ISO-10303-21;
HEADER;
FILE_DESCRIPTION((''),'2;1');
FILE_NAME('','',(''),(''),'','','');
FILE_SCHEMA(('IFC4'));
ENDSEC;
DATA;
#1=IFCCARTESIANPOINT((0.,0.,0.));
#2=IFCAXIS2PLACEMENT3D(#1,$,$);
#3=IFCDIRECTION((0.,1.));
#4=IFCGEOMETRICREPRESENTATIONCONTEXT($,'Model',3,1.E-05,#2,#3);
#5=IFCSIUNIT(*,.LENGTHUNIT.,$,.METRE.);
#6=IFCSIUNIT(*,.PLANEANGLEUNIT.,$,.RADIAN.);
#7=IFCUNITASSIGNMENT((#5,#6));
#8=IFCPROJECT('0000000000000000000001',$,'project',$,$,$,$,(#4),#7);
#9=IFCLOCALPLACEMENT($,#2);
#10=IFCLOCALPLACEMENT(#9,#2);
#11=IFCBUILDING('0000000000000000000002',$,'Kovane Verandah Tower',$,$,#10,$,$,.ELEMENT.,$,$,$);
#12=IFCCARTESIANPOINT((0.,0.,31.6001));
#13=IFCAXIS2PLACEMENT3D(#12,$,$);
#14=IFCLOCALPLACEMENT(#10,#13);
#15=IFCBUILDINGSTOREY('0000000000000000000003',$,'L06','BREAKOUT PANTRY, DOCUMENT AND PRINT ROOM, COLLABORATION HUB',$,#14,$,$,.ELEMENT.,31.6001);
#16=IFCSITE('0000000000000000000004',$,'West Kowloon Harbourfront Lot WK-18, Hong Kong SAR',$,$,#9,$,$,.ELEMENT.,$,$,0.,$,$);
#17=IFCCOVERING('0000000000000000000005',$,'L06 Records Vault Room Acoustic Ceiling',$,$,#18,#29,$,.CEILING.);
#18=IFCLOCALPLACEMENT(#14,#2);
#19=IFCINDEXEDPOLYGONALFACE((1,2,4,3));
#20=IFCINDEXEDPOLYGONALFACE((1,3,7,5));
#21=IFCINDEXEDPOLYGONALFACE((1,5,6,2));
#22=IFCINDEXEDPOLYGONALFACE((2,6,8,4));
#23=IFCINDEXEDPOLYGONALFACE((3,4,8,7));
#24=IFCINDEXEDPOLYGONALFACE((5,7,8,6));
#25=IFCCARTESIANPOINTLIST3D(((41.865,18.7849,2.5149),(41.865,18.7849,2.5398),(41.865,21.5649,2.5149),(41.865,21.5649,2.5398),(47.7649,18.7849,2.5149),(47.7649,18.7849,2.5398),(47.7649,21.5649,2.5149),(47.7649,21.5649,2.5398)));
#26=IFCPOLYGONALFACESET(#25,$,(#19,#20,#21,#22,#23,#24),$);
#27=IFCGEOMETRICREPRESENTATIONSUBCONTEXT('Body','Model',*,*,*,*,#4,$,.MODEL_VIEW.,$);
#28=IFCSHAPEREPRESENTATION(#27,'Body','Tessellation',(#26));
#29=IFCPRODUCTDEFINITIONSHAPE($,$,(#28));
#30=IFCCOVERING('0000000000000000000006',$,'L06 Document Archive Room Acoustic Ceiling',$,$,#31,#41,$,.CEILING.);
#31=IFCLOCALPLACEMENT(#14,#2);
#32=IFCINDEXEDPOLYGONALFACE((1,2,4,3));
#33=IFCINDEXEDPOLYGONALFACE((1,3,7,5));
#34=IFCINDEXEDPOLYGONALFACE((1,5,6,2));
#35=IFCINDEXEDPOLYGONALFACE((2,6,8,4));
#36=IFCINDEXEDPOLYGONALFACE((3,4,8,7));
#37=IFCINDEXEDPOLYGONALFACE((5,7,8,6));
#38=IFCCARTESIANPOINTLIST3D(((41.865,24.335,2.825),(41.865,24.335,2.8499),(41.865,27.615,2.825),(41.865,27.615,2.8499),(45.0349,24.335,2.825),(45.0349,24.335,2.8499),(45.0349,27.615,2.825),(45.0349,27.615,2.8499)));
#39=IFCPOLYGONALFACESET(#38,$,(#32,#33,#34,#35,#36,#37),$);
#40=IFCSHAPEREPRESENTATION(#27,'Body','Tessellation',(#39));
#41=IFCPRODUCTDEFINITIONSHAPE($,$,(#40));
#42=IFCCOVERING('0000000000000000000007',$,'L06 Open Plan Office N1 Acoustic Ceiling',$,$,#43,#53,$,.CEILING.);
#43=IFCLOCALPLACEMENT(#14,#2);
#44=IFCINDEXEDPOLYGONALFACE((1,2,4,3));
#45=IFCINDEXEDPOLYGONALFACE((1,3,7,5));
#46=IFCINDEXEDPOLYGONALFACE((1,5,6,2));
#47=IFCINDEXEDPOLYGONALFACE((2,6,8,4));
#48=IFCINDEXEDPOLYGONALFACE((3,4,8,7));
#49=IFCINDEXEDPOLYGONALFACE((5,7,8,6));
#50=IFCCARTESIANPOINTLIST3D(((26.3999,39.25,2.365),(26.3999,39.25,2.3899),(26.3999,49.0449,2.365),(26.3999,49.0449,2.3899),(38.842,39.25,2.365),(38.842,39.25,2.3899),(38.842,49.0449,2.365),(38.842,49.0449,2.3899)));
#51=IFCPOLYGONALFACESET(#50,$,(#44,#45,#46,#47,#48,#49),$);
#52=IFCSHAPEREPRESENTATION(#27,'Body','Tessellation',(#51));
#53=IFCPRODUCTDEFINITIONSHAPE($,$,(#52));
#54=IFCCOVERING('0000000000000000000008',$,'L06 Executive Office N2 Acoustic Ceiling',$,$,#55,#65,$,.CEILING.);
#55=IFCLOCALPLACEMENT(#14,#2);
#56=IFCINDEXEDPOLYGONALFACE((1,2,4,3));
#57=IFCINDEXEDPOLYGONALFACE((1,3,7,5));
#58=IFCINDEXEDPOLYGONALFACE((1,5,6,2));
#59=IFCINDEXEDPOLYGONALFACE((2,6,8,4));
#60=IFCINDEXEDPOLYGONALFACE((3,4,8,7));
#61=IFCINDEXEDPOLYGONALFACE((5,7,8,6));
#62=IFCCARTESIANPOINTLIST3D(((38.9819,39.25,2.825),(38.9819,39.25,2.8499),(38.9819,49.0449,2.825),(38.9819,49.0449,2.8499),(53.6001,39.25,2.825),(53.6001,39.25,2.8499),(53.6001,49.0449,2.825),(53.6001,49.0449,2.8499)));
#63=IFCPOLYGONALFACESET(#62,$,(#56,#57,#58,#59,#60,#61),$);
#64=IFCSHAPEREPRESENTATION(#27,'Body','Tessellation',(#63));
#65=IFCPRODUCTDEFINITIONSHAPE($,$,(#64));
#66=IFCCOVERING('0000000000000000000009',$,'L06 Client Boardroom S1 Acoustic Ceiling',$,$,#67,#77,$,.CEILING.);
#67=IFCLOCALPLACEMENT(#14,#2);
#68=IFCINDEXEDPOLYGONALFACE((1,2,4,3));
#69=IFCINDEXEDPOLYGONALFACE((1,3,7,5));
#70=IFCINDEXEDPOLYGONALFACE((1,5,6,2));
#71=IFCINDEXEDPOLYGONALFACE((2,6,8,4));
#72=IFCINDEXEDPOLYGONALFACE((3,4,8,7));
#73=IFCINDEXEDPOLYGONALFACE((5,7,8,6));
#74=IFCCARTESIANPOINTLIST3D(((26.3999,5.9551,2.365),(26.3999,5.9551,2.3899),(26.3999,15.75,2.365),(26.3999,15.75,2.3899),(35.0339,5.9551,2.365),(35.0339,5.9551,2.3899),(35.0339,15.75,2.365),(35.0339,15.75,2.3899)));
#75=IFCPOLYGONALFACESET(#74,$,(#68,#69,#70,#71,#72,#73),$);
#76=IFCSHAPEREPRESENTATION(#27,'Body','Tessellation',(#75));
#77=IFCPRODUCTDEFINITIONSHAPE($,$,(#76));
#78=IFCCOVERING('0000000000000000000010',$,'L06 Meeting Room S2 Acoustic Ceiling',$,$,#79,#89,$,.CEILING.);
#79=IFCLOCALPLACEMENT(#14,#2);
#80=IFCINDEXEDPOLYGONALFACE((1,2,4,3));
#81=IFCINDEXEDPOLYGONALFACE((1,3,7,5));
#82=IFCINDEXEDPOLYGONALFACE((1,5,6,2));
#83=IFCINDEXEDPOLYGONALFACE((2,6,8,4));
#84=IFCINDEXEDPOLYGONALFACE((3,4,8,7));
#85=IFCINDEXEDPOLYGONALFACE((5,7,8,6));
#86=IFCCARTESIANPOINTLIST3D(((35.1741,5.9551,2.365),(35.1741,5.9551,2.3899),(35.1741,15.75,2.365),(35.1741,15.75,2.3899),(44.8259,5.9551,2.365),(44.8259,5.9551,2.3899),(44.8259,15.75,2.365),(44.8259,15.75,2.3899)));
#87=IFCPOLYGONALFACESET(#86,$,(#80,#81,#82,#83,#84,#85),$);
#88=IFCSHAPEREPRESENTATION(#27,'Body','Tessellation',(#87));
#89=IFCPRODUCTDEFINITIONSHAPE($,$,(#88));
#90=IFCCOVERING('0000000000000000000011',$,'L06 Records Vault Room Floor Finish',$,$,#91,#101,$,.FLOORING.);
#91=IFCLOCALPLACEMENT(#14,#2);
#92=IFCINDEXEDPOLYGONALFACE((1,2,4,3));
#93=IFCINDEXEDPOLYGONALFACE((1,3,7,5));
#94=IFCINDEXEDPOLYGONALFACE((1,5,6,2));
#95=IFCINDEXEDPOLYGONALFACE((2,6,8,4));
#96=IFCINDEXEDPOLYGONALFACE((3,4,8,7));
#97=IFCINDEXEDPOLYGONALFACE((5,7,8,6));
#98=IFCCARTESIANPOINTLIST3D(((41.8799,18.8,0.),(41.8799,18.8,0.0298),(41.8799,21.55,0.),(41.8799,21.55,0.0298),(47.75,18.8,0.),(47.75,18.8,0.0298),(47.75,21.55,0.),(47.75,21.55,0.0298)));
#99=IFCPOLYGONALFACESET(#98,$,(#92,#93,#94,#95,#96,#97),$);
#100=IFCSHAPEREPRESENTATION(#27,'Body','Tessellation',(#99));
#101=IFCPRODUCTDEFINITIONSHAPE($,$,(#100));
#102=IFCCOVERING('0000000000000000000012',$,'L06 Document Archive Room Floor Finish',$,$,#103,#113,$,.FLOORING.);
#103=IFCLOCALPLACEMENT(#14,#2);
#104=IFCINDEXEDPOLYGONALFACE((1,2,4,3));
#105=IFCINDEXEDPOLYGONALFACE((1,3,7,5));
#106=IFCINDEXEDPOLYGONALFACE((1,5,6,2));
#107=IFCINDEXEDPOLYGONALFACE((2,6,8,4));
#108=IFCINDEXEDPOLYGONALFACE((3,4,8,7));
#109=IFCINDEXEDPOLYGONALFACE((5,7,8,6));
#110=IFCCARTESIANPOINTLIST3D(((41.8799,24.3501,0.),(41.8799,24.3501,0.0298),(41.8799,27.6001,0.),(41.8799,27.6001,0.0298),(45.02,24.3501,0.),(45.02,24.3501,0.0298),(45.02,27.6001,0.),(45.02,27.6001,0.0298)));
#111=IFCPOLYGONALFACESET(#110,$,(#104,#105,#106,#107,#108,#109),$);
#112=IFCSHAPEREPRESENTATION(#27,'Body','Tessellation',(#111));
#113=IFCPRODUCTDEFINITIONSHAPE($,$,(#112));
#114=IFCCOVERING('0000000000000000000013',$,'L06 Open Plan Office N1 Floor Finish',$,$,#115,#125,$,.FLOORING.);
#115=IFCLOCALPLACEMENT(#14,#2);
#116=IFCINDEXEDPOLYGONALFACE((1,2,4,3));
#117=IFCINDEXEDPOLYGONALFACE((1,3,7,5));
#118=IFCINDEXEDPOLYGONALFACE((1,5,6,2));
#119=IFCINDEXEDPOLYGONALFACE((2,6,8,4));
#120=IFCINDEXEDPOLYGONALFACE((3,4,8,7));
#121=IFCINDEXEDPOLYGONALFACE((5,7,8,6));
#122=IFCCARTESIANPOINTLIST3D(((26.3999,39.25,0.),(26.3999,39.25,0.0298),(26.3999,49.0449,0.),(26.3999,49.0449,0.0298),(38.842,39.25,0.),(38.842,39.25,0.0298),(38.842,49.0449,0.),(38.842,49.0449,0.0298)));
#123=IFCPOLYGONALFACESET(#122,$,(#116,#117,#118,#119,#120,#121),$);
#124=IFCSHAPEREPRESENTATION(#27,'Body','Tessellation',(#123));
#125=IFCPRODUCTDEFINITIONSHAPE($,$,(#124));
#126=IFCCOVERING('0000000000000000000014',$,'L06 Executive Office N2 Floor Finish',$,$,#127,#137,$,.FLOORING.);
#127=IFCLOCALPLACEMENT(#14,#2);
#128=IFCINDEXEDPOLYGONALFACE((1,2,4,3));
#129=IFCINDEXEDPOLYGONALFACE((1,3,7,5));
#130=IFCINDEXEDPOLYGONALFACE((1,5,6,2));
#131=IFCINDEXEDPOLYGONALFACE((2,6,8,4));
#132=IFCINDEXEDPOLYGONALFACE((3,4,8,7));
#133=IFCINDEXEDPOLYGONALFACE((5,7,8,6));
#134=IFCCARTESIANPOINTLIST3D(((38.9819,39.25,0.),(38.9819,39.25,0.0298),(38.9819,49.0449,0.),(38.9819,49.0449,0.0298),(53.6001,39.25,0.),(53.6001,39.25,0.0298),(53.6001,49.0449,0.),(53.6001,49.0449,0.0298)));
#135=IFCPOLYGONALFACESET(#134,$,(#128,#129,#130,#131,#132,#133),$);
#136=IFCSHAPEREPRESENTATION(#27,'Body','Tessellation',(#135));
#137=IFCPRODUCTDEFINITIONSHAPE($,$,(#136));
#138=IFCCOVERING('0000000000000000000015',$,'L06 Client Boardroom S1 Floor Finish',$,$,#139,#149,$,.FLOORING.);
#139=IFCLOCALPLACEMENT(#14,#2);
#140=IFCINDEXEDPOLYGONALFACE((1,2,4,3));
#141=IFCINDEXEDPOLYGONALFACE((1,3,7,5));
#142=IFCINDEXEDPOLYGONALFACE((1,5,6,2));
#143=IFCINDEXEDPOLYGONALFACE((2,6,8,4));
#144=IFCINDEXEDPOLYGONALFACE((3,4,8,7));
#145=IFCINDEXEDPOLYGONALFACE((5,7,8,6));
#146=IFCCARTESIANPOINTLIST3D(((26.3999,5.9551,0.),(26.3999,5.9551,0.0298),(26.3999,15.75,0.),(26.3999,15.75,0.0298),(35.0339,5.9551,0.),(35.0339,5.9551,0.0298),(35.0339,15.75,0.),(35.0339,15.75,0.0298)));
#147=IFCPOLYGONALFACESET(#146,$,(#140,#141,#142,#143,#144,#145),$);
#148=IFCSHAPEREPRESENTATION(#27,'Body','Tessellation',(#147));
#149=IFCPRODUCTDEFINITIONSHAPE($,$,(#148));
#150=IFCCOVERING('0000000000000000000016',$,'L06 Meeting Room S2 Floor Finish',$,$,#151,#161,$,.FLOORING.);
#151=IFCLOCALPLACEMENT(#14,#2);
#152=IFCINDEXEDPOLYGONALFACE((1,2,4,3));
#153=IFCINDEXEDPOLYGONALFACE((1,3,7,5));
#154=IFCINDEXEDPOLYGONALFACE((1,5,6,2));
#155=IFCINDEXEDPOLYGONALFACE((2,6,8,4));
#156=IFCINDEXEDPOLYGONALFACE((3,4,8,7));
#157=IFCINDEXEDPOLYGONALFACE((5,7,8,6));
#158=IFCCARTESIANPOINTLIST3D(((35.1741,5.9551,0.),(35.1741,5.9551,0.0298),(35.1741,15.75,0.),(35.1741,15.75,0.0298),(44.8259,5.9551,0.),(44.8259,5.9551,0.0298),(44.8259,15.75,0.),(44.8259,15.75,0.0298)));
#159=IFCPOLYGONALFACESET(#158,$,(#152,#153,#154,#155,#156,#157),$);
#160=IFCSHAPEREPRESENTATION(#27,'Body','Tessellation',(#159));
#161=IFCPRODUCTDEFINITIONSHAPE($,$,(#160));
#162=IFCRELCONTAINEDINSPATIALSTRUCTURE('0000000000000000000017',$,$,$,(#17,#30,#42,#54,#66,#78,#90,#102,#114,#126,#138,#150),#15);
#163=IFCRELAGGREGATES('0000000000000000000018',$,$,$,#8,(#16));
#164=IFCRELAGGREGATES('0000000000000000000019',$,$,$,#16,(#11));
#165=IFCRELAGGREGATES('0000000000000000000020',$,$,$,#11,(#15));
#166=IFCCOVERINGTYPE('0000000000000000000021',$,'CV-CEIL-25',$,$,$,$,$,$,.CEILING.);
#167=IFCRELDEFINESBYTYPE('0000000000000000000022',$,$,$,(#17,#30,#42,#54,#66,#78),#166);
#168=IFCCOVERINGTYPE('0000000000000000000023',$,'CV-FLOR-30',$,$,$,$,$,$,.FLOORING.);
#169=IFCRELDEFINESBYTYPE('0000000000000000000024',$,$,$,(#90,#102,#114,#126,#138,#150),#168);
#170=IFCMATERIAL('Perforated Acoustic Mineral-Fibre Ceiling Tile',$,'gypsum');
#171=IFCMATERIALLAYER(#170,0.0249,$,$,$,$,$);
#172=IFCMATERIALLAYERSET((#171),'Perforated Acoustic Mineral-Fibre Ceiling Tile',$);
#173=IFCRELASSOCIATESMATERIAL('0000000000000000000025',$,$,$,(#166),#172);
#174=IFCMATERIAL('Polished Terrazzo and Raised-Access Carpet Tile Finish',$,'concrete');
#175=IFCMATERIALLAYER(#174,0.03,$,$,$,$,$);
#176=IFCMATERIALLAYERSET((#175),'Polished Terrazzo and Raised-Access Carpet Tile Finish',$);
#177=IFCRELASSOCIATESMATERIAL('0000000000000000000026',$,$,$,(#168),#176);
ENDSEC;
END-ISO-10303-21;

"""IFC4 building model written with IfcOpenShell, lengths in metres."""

from ifc_helpers import new_model, si_unit, direction, frame, origin, place, context, subcontext, project, spatial, polyline, outline, extrude, material, layer, layer_set, type_object, element, save


model = new_model("IFC4")

# Units and contexts
model_context = context("Model", 3, precision=1e-05, world=origin(), true_north=direction((0.0, 1.0)))
body_context = subcontext(model_context, "Body", "Model", "MODEL_VIEW")
ifc_project = project(units=[si_unit("LENGTHUNIT", "METRE"), si_unit("PLANEANGLEUNIT", "RADIAN")], contexts=[model_context])

# Site, building, storey
site_placement = place(None, origin())
site = spatial("IfcSite", under=ifc_project, at=site_placement, Name="West Kowloon Harbourfront Lot WK-18, Hong Kong SAR", CompositionType="ELEMENT", RefElevation=0.0)
building_placement = place(site_placement, origin())
building = spatial("IfcBuilding", under=site, at=building_placement, Name="Kovane Verandah Tower", CompositionType="ELEMENT")
storey_placement = place(building_placement, frame((0.0, 0.0, 31.6001)))
storey = spatial("IfcBuildingStorey", under=building, at=storey_placement, Name="L06", Description="BREAKOUT PANTRY, DOCUMENT AND PRINT ROOM, COLLABORATION HUB", CompositionType="ELEMENT", Elevation=31.6001)

# Coverings
ifc_material_1 = material(Name="Perforated Acoustic Mineral-Fibre Ceiling Tile", Category="gypsum")
ifc_layer_1 = layer(ifc_material_1, 0.0249)
ifc_layer_set_1 = layer_set([ifc_layer_1], Name="Perforated Acoustic Mineral-Fibre Ceiling Tile")
covering_type_1 = type_object("IfcCoveringType", Name="CV-CEIL-25", PredefinedType="CEILING", material=ifc_layer_set_1)
covering_1_placement = place(storey_placement, frame((0.0, 0.0, 2.5149)))
element("IfcCovering", 1, at=covering_1_placement, inside=storey, type_object=covering_type_1, Name="L06 Records Vault Room Acoustic Ceiling", PredefinedType="CEILING", context=body_context, shape_type="SweptSolid", body=[
    extrude(outline(polyline([(41.865, 18.7849), (47.7649, 18.7849), (47.7649, 21.5649), (41.865, 21.5649), (41.865, 18.7849)])), origin(), (0.0, 0.0, 1.0), 0.0249),
])
covering_2_placement = place(storey_placement, frame((0.0, 0.0, 2.825)))
element("IfcCovering", 2, at=covering_2_placement, inside=storey, type_object=covering_type_1, Name="L06 Document Archive Room Acoustic Ceiling", PredefinedType="CEILING", context=body_context, shape_type="SweptSolid", body=[
    extrude(outline(polyline([(41.865, 24.335), (45.0349, 24.335), (45.0349, 27.615), (41.865, 27.615), (41.865, 24.335)])), origin(), (0.0, 0.0, 1.0), 0.0249),
])
covering_3_placement = place(storey_placement, frame((0.0, 0.0, 2.365)))
element("IfcCovering", 3, at=covering_3_placement, inside=storey, type_object=covering_type_1, Name="L06 Open Plan Office N1 Acoustic Ceiling", PredefinedType="CEILING", context=body_context, shape_type="SweptSolid", body=[
    extrude(outline(polyline([(26.3999, 39.25), (38.842, 39.25), (38.842, 49.0449), (26.3999, 49.0449), (26.3999, 39.25)])), origin(), (0.0, 0.0, 1.0), 0.0249),
])
covering_4_placement = place(storey_placement, frame((0.0, 0.0, 2.825)))
element("IfcCovering", 4, at=covering_4_placement, inside=storey, type_object=covering_type_1, Name="L06 Executive Office N2 Acoustic Ceiling", PredefinedType="CEILING", context=body_context, shape_type="SweptSolid", body=[
    extrude(outline(polyline([(38.9819, 39.25), (53.6001, 39.25), (53.6001, 49.0449), (38.9819, 49.0449), (38.9819, 39.25)])), origin(), (0.0, 0.0, 1.0), 0.0249),
])
covering_5_placement = place(storey_placement, frame((0.0, 0.0, 2.365)))
element("IfcCovering", 5, at=covering_5_placement, inside=storey, type_object=covering_type_1, Name="L06 Client Boardroom S1 Acoustic Ceiling", PredefinedType="CEILING", context=body_context, shape_type="SweptSolid", body=[
    extrude(outline(polyline([(26.3999, 5.9551), (35.0339, 5.9551), (35.0339, 15.75), (26.3999, 15.75), (26.3999, 5.9551)])), origin(), (0.0, 0.0, 1.0), 0.0249),
])
covering_6_placement = place(storey_placement, frame((0.0, 0.0, 2.365)))
element("IfcCovering", 6, at=covering_6_placement, inside=storey, type_object=covering_type_1, Name="L06 Meeting Room S2 Acoustic Ceiling", PredefinedType="CEILING", context=body_context, shape_type="SweptSolid", body=[
    extrude(outline(polyline([(35.1741, 5.9551), (44.8259, 5.9551), (44.8259, 15.75), (35.1741, 15.75), (35.1741, 5.9551)])), origin(), (0.0, 0.0, 1.0), 0.0249),
])
ifc_material_2 = material(Name="Polished Terrazzo and Raised-Access Carpet Tile Finish", Category="concrete")
ifc_layer_2 = layer(ifc_material_2, 0.03)
ifc_layer_set_2 = layer_set([ifc_layer_2], Name="Polished Terrazzo and Raised-Access Carpet Tile Finish")
covering_type_2 = type_object("IfcCoveringType", Name="CV-FLOR-30", PredefinedType="FLOORING", material=ifc_layer_set_2)
covering_7_placement = place(storey_placement, origin())
element("IfcCovering", 7, at=covering_7_placement, inside=storey, type_object=covering_type_2, Name="L06 Records Vault Room Floor Finish", PredefinedType="FLOORING", context=body_context, shape_type="SweptSolid", body=[
    extrude(outline(polyline([(41.8799, 18.8), (47.75, 18.8), (47.75, 21.55), (41.8799, 21.55), (41.8799, 18.8)])), origin(), (0.0, 0.0, 1.0), 0.0298),
])
covering_8_placement = place(storey_placement, origin())
element("IfcCovering", 8, at=covering_8_placement, inside=storey, type_object=covering_type_2, Name="L06 Document Archive Room Floor Finish", PredefinedType="FLOORING", context=body_context, shape_type="SweptSolid", body=[
    extrude(outline(polyline([(41.8799, 24.3501), (45.02, 24.3501), (45.02, 27.6001), (41.8799, 27.6001), (41.8799, 24.3501)])), origin(), (0.0, 0.0, 1.0), 0.0298),
])
covering_9_placement = place(storey_placement, origin())
element("IfcCovering", 9, at=covering_9_placement, inside=storey, type_object=covering_type_2, Name="L06 Open Plan Office N1 Floor Finish", PredefinedType="FLOORING", context=body_context, shape_type="SweptSolid", body=[
    extrude(outline(polyline([(26.3999, 39.25), (38.842, 39.25), (38.842, 49.0449), (26.3999, 49.0449), (26.3999, 39.25)])), origin(), (0.0, 0.0, 1.0), 0.0298),
])
covering_10_placement = place(storey_placement, origin())
element("IfcCovering", 10, at=covering_10_placement, inside=storey, type_object=covering_type_2, Name="L06 Executive Office N2 Floor Finish", PredefinedType="FLOORING", context=body_context, shape_type="SweptSolid", body=[
    extrude(outline(polyline([(38.9819, 39.25), (53.6001, 39.25), (53.6001, 49.0449), (38.9819, 49.0449), (38.9819, 39.25)])), origin(), (0.0, 0.0, 1.0), 0.0298),
])
covering_11_placement = place(storey_placement, origin())
element("IfcCovering", 11, at=covering_11_placement, inside=storey, type_object=covering_type_2, Name="L06 Client Boardroom S1 Floor Finish", PredefinedType="FLOORING", context=body_context, shape_type="SweptSolid", body=[
    extrude(outline(polyline([(26.3999, 5.9551), (35.0339, 5.9551), (35.0339, 15.75), (26.3999, 15.75), (26.3999, 5.9551)])), origin(), (0.0, 0.0, 1.0), 0.0298),
])
covering_12_placement = place(storey_placement, origin())
element("IfcCovering", 12, at=covering_12_placement, inside=storey, type_object=covering_type_2, Name="L06 Meeting Room S2 Floor Finish", PredefinedType="FLOORING", context=body_context, shape_type="SweptSolid", body=[
    extrude(outline(polyline([(35.1741, 5.9551), (44.8259, 5.9551), (44.8259, 15.75), (35.1741, 15.75), (35.1741, 5.9551)])), origin(), (0.0, 0.0, 1.0), 0.0298),
])

save(model, "model.ifc")
